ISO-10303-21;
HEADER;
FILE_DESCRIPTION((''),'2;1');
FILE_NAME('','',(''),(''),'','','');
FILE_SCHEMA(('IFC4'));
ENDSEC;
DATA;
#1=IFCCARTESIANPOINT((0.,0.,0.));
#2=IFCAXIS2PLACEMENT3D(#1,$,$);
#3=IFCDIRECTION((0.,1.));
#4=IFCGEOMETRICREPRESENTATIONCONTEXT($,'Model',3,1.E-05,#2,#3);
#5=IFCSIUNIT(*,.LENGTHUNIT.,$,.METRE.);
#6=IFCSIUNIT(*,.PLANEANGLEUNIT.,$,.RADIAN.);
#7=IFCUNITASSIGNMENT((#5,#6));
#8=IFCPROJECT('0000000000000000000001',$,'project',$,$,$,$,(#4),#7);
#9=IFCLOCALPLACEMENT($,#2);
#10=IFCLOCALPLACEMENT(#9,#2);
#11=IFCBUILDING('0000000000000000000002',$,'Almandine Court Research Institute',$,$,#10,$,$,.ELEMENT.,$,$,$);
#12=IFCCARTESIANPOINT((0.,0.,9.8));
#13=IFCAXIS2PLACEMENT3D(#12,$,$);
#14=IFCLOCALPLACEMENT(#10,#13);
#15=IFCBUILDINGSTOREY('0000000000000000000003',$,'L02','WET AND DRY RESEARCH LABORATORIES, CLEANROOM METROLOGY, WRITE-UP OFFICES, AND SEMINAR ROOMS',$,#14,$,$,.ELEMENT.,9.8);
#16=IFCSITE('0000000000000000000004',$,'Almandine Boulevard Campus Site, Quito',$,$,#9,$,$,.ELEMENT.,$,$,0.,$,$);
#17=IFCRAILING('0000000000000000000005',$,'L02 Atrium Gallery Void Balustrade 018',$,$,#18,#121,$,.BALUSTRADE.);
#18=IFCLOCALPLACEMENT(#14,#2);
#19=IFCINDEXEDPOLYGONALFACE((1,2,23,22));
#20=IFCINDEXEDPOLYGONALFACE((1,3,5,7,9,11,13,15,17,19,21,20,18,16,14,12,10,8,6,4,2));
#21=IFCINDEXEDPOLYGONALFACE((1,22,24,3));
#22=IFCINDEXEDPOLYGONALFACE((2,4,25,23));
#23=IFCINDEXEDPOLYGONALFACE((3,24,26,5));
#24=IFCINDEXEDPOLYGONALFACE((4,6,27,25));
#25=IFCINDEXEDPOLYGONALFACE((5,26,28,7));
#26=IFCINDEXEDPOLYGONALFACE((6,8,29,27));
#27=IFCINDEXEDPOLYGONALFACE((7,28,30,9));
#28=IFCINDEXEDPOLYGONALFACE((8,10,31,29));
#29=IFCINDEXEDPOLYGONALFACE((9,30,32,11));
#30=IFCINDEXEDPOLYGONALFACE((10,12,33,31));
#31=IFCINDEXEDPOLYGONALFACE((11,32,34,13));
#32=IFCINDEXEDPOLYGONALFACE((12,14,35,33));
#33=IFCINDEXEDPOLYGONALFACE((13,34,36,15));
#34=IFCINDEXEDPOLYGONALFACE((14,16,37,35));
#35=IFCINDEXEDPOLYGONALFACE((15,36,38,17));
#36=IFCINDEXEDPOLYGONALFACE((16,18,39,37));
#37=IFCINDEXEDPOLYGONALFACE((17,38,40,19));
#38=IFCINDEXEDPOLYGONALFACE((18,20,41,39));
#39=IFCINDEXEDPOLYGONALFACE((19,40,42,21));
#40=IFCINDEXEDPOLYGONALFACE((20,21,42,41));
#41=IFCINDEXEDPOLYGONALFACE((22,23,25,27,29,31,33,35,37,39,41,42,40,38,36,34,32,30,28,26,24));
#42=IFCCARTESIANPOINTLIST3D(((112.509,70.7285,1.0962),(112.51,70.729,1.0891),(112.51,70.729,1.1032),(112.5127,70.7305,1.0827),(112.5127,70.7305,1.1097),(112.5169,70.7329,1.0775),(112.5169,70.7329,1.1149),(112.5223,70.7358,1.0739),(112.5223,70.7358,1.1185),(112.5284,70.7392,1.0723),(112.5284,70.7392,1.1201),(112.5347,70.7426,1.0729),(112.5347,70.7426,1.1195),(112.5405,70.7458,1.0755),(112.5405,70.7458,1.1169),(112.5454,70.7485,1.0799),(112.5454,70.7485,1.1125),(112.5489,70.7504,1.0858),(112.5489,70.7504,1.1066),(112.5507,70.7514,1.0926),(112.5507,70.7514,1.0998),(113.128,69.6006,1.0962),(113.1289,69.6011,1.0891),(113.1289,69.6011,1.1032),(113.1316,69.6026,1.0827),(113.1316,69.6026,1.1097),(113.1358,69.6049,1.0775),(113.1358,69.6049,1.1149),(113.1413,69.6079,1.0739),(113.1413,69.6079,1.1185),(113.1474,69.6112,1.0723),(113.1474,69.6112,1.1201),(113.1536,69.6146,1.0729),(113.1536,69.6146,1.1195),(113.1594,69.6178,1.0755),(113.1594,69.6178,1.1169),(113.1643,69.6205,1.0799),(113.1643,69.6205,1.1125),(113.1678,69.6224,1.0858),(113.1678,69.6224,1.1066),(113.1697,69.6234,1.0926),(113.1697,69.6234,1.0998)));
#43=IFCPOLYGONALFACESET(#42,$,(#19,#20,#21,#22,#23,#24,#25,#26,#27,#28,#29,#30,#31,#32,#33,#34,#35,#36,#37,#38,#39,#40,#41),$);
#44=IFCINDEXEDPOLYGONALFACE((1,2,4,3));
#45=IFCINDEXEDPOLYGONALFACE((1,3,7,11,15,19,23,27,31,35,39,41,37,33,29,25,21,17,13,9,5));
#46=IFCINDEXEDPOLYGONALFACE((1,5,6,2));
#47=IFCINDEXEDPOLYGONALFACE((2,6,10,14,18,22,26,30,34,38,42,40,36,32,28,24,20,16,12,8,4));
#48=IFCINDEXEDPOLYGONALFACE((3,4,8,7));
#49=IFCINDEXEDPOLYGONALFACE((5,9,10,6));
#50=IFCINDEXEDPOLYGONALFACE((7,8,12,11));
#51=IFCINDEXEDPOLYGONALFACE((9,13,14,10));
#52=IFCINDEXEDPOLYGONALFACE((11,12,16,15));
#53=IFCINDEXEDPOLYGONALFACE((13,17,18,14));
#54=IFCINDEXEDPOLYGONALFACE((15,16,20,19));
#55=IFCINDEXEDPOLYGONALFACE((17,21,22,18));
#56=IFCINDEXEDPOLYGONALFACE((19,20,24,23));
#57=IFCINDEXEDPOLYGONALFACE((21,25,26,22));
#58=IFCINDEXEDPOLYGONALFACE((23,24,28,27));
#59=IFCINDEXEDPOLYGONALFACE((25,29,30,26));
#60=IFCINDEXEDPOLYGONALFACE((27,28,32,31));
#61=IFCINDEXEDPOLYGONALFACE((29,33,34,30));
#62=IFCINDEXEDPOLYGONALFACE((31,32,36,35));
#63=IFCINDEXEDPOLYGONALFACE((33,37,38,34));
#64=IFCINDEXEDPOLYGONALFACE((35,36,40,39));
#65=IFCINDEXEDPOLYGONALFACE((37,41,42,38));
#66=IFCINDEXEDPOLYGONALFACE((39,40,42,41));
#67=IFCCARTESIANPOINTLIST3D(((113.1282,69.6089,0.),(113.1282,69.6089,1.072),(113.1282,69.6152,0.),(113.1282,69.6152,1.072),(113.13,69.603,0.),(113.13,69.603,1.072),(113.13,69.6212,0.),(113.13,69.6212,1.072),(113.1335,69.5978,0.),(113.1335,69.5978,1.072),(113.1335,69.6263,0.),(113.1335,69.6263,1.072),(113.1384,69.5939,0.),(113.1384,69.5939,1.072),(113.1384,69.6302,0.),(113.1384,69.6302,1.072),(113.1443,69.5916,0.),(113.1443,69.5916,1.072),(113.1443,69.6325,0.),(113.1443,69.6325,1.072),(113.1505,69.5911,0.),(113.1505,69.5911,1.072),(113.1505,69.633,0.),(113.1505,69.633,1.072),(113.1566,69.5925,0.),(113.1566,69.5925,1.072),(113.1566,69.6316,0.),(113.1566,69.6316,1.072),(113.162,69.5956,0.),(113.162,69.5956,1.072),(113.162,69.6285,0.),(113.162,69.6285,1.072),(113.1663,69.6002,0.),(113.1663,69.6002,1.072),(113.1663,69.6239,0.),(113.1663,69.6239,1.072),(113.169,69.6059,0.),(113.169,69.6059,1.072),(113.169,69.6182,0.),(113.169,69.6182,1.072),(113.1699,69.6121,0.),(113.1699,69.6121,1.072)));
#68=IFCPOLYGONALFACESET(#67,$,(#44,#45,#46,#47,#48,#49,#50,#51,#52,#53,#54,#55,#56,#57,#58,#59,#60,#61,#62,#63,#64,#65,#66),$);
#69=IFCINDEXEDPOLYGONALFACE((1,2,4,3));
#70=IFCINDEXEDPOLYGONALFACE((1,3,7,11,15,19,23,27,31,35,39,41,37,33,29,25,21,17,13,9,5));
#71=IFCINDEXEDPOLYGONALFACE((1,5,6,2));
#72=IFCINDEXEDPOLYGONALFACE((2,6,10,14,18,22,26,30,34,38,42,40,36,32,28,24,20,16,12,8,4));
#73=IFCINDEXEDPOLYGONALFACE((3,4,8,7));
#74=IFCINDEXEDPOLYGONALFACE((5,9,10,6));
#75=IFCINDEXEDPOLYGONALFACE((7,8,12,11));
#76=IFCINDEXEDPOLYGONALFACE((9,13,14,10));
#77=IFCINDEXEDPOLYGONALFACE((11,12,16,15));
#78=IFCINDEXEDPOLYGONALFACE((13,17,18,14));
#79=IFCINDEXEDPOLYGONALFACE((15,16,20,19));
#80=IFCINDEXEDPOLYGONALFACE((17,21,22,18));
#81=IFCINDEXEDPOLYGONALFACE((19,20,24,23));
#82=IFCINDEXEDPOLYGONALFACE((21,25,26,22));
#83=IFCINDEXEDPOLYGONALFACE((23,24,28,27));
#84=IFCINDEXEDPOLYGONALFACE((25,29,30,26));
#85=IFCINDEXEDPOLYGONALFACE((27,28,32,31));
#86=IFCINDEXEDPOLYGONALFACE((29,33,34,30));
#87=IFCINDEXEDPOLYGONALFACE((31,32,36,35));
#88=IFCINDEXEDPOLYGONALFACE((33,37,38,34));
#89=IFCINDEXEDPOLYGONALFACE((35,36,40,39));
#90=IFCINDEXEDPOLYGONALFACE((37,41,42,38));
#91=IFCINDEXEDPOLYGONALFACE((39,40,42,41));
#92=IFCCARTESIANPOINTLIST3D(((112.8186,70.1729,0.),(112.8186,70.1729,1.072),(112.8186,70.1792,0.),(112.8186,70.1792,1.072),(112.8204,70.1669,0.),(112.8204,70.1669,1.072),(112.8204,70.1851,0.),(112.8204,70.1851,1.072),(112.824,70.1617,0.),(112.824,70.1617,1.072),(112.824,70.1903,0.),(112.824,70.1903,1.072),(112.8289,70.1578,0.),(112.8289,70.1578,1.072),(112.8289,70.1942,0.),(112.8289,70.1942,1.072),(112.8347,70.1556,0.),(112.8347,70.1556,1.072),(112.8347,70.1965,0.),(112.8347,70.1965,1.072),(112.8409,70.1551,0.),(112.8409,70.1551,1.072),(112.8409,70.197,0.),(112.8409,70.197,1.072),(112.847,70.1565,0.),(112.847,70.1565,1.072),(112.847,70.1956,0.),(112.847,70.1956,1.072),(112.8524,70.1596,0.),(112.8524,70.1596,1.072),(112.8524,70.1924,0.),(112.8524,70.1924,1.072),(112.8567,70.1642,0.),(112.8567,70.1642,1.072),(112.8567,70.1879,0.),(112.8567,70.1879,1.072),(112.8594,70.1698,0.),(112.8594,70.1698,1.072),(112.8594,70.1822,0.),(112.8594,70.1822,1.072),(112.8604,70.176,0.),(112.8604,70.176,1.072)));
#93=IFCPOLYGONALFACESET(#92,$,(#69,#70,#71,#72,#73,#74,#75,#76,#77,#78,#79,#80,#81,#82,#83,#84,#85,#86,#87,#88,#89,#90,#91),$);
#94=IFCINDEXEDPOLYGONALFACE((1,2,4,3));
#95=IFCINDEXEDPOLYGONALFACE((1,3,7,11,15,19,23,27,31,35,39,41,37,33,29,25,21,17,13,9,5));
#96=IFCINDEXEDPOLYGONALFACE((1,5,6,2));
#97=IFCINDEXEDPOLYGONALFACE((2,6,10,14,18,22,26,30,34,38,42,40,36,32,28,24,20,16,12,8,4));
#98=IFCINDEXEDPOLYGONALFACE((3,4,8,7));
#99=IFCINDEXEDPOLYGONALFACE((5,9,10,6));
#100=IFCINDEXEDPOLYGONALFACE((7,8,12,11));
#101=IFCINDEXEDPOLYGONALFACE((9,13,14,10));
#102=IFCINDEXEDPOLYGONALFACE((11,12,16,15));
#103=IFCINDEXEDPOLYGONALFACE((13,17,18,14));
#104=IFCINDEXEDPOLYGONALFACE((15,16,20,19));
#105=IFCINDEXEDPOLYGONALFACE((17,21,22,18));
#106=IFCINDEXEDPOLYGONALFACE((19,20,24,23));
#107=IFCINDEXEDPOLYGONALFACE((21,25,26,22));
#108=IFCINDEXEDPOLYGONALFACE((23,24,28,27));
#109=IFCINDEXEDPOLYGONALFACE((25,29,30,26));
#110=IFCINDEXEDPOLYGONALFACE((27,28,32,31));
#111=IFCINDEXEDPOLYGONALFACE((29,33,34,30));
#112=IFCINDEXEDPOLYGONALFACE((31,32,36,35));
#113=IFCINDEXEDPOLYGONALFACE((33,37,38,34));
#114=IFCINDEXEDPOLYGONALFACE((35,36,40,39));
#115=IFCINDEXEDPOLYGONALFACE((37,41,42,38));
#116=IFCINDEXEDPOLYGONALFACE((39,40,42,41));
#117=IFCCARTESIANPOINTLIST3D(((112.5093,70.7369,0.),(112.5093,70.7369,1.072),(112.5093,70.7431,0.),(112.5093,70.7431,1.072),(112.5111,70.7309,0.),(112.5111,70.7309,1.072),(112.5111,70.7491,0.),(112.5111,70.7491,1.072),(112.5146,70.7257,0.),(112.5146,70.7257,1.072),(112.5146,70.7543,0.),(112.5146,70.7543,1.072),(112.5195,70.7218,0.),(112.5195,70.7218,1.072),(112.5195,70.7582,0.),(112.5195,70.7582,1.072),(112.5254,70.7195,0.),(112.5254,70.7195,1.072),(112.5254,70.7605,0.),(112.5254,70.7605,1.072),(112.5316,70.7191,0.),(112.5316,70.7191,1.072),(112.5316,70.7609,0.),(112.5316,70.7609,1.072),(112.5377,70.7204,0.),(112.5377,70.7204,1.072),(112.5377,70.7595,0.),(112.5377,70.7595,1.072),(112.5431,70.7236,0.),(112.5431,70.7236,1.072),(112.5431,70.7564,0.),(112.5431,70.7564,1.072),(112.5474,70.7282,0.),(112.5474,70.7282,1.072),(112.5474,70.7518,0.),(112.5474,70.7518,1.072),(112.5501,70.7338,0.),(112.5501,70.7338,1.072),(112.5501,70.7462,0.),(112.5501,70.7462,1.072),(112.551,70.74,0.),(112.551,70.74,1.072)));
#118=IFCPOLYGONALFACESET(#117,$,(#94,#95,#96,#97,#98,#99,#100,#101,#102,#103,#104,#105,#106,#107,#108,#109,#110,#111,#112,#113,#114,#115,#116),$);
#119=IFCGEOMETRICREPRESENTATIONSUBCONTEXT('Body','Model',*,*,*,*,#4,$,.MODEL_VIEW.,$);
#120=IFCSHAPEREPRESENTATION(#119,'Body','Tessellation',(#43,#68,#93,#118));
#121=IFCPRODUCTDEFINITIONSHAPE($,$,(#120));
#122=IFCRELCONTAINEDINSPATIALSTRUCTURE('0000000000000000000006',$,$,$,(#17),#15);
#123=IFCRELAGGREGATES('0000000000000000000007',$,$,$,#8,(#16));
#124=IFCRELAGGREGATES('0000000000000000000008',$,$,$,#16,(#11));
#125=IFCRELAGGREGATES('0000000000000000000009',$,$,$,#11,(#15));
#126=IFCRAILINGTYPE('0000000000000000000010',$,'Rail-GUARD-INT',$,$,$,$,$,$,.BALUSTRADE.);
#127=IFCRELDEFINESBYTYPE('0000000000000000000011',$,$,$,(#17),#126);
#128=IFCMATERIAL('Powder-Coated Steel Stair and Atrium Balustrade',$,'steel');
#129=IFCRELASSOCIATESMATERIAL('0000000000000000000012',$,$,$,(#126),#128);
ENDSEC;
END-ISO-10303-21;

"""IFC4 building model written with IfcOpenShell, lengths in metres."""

from ifc_helpers import new_model, si_unit, direction, frame, origin, origin_2d, place, context, subcontext, project, spatial, circle, extrude, material, type_object, element, save


model = new_model("IFC4")

# Units and contexts
model_context = context("Model", 3, precision=1e-05, world=origin(), true_north=direction((0.0, 1.0)))
body_context = subcontext(model_context, "Body", "Model", "MODEL_VIEW")
ifc_project = project(units=[si_unit("LENGTHUNIT", "METRE"), si_unit("PLANEANGLEUNIT", "RADIAN")], contexts=[model_context])

# Site, building, storey
site_placement = place(None, origin())
site = spatial("IfcSite", under=ifc_project, at=site_placement, Name="Almandine Boulevard Campus Site, Quito", CompositionType="ELEMENT", RefElevation=0.0)
building_placement = place(site_placement, origin())
building = spatial("IfcBuilding", under=site, at=building_placement, Name="Almandine Court Research Institute", CompositionType="ELEMENT")
storey_placement = place(building_placement, frame((0.0, 0.0, 9.8)))
storey = spatial("IfcBuildingStorey", under=building, at=storey_placement, Name="L02", Description="WET AND DRY RESEARCH LABORATORIES, CLEANROOM METROLOGY, WRITE-UP OFFICES, AND SEMINAR ROOMS", CompositionType="ELEMENT", Elevation=9.8)

# Railing
ifc_material_1 = material(Name="Powder-Coated Steel Stair and Atrium Balustrade", Category="steel")
railing_type = type_object("IfcRailingType", Name="Rail-GUARD-INT", PredefinedType="BALUSTRADE", material=ifc_material_1)
railing_1_placement = place(storey_placement, frame((113.1489, 69.6121, 0.0)))
element("IfcRailing", 1, at=railing_1_placement, inside=storey, type_object=railing_type, Name="L02 Atrium Gallery Void Balustrade 018", PredefinedType="BALUSTRADE", context=body_context, shape_type="SweptSolid", body=[
    extrude(circle(Radius=0.0239, at=origin_2d()), frame((0.0, 0.0, 1.0962), z_axis=(-0.481044, 0.876696, 0.0), x_axis=(-0.876696, -0.481044, 0.0)), (0.0, 0.0, 1.0), 1.2866),
    extrude(circle(Radius=0.021, at=origin_2d()), origin(), (0.0, 0.0, 1.0), 1.072),
    extrude(circle(Radius=0.021, at=origin_2d()), frame((-0.3096, 0.564, 0.0)), (0.0, 0.0, 1.0), 1.072),
    extrude(circle(Radius=0.021, at=origin_2d()), frame((-0.6189, 1.1279, 0.0)), (0.0, 0.0, 1.0), 1.072),
])

save(model, "model.ifc")
